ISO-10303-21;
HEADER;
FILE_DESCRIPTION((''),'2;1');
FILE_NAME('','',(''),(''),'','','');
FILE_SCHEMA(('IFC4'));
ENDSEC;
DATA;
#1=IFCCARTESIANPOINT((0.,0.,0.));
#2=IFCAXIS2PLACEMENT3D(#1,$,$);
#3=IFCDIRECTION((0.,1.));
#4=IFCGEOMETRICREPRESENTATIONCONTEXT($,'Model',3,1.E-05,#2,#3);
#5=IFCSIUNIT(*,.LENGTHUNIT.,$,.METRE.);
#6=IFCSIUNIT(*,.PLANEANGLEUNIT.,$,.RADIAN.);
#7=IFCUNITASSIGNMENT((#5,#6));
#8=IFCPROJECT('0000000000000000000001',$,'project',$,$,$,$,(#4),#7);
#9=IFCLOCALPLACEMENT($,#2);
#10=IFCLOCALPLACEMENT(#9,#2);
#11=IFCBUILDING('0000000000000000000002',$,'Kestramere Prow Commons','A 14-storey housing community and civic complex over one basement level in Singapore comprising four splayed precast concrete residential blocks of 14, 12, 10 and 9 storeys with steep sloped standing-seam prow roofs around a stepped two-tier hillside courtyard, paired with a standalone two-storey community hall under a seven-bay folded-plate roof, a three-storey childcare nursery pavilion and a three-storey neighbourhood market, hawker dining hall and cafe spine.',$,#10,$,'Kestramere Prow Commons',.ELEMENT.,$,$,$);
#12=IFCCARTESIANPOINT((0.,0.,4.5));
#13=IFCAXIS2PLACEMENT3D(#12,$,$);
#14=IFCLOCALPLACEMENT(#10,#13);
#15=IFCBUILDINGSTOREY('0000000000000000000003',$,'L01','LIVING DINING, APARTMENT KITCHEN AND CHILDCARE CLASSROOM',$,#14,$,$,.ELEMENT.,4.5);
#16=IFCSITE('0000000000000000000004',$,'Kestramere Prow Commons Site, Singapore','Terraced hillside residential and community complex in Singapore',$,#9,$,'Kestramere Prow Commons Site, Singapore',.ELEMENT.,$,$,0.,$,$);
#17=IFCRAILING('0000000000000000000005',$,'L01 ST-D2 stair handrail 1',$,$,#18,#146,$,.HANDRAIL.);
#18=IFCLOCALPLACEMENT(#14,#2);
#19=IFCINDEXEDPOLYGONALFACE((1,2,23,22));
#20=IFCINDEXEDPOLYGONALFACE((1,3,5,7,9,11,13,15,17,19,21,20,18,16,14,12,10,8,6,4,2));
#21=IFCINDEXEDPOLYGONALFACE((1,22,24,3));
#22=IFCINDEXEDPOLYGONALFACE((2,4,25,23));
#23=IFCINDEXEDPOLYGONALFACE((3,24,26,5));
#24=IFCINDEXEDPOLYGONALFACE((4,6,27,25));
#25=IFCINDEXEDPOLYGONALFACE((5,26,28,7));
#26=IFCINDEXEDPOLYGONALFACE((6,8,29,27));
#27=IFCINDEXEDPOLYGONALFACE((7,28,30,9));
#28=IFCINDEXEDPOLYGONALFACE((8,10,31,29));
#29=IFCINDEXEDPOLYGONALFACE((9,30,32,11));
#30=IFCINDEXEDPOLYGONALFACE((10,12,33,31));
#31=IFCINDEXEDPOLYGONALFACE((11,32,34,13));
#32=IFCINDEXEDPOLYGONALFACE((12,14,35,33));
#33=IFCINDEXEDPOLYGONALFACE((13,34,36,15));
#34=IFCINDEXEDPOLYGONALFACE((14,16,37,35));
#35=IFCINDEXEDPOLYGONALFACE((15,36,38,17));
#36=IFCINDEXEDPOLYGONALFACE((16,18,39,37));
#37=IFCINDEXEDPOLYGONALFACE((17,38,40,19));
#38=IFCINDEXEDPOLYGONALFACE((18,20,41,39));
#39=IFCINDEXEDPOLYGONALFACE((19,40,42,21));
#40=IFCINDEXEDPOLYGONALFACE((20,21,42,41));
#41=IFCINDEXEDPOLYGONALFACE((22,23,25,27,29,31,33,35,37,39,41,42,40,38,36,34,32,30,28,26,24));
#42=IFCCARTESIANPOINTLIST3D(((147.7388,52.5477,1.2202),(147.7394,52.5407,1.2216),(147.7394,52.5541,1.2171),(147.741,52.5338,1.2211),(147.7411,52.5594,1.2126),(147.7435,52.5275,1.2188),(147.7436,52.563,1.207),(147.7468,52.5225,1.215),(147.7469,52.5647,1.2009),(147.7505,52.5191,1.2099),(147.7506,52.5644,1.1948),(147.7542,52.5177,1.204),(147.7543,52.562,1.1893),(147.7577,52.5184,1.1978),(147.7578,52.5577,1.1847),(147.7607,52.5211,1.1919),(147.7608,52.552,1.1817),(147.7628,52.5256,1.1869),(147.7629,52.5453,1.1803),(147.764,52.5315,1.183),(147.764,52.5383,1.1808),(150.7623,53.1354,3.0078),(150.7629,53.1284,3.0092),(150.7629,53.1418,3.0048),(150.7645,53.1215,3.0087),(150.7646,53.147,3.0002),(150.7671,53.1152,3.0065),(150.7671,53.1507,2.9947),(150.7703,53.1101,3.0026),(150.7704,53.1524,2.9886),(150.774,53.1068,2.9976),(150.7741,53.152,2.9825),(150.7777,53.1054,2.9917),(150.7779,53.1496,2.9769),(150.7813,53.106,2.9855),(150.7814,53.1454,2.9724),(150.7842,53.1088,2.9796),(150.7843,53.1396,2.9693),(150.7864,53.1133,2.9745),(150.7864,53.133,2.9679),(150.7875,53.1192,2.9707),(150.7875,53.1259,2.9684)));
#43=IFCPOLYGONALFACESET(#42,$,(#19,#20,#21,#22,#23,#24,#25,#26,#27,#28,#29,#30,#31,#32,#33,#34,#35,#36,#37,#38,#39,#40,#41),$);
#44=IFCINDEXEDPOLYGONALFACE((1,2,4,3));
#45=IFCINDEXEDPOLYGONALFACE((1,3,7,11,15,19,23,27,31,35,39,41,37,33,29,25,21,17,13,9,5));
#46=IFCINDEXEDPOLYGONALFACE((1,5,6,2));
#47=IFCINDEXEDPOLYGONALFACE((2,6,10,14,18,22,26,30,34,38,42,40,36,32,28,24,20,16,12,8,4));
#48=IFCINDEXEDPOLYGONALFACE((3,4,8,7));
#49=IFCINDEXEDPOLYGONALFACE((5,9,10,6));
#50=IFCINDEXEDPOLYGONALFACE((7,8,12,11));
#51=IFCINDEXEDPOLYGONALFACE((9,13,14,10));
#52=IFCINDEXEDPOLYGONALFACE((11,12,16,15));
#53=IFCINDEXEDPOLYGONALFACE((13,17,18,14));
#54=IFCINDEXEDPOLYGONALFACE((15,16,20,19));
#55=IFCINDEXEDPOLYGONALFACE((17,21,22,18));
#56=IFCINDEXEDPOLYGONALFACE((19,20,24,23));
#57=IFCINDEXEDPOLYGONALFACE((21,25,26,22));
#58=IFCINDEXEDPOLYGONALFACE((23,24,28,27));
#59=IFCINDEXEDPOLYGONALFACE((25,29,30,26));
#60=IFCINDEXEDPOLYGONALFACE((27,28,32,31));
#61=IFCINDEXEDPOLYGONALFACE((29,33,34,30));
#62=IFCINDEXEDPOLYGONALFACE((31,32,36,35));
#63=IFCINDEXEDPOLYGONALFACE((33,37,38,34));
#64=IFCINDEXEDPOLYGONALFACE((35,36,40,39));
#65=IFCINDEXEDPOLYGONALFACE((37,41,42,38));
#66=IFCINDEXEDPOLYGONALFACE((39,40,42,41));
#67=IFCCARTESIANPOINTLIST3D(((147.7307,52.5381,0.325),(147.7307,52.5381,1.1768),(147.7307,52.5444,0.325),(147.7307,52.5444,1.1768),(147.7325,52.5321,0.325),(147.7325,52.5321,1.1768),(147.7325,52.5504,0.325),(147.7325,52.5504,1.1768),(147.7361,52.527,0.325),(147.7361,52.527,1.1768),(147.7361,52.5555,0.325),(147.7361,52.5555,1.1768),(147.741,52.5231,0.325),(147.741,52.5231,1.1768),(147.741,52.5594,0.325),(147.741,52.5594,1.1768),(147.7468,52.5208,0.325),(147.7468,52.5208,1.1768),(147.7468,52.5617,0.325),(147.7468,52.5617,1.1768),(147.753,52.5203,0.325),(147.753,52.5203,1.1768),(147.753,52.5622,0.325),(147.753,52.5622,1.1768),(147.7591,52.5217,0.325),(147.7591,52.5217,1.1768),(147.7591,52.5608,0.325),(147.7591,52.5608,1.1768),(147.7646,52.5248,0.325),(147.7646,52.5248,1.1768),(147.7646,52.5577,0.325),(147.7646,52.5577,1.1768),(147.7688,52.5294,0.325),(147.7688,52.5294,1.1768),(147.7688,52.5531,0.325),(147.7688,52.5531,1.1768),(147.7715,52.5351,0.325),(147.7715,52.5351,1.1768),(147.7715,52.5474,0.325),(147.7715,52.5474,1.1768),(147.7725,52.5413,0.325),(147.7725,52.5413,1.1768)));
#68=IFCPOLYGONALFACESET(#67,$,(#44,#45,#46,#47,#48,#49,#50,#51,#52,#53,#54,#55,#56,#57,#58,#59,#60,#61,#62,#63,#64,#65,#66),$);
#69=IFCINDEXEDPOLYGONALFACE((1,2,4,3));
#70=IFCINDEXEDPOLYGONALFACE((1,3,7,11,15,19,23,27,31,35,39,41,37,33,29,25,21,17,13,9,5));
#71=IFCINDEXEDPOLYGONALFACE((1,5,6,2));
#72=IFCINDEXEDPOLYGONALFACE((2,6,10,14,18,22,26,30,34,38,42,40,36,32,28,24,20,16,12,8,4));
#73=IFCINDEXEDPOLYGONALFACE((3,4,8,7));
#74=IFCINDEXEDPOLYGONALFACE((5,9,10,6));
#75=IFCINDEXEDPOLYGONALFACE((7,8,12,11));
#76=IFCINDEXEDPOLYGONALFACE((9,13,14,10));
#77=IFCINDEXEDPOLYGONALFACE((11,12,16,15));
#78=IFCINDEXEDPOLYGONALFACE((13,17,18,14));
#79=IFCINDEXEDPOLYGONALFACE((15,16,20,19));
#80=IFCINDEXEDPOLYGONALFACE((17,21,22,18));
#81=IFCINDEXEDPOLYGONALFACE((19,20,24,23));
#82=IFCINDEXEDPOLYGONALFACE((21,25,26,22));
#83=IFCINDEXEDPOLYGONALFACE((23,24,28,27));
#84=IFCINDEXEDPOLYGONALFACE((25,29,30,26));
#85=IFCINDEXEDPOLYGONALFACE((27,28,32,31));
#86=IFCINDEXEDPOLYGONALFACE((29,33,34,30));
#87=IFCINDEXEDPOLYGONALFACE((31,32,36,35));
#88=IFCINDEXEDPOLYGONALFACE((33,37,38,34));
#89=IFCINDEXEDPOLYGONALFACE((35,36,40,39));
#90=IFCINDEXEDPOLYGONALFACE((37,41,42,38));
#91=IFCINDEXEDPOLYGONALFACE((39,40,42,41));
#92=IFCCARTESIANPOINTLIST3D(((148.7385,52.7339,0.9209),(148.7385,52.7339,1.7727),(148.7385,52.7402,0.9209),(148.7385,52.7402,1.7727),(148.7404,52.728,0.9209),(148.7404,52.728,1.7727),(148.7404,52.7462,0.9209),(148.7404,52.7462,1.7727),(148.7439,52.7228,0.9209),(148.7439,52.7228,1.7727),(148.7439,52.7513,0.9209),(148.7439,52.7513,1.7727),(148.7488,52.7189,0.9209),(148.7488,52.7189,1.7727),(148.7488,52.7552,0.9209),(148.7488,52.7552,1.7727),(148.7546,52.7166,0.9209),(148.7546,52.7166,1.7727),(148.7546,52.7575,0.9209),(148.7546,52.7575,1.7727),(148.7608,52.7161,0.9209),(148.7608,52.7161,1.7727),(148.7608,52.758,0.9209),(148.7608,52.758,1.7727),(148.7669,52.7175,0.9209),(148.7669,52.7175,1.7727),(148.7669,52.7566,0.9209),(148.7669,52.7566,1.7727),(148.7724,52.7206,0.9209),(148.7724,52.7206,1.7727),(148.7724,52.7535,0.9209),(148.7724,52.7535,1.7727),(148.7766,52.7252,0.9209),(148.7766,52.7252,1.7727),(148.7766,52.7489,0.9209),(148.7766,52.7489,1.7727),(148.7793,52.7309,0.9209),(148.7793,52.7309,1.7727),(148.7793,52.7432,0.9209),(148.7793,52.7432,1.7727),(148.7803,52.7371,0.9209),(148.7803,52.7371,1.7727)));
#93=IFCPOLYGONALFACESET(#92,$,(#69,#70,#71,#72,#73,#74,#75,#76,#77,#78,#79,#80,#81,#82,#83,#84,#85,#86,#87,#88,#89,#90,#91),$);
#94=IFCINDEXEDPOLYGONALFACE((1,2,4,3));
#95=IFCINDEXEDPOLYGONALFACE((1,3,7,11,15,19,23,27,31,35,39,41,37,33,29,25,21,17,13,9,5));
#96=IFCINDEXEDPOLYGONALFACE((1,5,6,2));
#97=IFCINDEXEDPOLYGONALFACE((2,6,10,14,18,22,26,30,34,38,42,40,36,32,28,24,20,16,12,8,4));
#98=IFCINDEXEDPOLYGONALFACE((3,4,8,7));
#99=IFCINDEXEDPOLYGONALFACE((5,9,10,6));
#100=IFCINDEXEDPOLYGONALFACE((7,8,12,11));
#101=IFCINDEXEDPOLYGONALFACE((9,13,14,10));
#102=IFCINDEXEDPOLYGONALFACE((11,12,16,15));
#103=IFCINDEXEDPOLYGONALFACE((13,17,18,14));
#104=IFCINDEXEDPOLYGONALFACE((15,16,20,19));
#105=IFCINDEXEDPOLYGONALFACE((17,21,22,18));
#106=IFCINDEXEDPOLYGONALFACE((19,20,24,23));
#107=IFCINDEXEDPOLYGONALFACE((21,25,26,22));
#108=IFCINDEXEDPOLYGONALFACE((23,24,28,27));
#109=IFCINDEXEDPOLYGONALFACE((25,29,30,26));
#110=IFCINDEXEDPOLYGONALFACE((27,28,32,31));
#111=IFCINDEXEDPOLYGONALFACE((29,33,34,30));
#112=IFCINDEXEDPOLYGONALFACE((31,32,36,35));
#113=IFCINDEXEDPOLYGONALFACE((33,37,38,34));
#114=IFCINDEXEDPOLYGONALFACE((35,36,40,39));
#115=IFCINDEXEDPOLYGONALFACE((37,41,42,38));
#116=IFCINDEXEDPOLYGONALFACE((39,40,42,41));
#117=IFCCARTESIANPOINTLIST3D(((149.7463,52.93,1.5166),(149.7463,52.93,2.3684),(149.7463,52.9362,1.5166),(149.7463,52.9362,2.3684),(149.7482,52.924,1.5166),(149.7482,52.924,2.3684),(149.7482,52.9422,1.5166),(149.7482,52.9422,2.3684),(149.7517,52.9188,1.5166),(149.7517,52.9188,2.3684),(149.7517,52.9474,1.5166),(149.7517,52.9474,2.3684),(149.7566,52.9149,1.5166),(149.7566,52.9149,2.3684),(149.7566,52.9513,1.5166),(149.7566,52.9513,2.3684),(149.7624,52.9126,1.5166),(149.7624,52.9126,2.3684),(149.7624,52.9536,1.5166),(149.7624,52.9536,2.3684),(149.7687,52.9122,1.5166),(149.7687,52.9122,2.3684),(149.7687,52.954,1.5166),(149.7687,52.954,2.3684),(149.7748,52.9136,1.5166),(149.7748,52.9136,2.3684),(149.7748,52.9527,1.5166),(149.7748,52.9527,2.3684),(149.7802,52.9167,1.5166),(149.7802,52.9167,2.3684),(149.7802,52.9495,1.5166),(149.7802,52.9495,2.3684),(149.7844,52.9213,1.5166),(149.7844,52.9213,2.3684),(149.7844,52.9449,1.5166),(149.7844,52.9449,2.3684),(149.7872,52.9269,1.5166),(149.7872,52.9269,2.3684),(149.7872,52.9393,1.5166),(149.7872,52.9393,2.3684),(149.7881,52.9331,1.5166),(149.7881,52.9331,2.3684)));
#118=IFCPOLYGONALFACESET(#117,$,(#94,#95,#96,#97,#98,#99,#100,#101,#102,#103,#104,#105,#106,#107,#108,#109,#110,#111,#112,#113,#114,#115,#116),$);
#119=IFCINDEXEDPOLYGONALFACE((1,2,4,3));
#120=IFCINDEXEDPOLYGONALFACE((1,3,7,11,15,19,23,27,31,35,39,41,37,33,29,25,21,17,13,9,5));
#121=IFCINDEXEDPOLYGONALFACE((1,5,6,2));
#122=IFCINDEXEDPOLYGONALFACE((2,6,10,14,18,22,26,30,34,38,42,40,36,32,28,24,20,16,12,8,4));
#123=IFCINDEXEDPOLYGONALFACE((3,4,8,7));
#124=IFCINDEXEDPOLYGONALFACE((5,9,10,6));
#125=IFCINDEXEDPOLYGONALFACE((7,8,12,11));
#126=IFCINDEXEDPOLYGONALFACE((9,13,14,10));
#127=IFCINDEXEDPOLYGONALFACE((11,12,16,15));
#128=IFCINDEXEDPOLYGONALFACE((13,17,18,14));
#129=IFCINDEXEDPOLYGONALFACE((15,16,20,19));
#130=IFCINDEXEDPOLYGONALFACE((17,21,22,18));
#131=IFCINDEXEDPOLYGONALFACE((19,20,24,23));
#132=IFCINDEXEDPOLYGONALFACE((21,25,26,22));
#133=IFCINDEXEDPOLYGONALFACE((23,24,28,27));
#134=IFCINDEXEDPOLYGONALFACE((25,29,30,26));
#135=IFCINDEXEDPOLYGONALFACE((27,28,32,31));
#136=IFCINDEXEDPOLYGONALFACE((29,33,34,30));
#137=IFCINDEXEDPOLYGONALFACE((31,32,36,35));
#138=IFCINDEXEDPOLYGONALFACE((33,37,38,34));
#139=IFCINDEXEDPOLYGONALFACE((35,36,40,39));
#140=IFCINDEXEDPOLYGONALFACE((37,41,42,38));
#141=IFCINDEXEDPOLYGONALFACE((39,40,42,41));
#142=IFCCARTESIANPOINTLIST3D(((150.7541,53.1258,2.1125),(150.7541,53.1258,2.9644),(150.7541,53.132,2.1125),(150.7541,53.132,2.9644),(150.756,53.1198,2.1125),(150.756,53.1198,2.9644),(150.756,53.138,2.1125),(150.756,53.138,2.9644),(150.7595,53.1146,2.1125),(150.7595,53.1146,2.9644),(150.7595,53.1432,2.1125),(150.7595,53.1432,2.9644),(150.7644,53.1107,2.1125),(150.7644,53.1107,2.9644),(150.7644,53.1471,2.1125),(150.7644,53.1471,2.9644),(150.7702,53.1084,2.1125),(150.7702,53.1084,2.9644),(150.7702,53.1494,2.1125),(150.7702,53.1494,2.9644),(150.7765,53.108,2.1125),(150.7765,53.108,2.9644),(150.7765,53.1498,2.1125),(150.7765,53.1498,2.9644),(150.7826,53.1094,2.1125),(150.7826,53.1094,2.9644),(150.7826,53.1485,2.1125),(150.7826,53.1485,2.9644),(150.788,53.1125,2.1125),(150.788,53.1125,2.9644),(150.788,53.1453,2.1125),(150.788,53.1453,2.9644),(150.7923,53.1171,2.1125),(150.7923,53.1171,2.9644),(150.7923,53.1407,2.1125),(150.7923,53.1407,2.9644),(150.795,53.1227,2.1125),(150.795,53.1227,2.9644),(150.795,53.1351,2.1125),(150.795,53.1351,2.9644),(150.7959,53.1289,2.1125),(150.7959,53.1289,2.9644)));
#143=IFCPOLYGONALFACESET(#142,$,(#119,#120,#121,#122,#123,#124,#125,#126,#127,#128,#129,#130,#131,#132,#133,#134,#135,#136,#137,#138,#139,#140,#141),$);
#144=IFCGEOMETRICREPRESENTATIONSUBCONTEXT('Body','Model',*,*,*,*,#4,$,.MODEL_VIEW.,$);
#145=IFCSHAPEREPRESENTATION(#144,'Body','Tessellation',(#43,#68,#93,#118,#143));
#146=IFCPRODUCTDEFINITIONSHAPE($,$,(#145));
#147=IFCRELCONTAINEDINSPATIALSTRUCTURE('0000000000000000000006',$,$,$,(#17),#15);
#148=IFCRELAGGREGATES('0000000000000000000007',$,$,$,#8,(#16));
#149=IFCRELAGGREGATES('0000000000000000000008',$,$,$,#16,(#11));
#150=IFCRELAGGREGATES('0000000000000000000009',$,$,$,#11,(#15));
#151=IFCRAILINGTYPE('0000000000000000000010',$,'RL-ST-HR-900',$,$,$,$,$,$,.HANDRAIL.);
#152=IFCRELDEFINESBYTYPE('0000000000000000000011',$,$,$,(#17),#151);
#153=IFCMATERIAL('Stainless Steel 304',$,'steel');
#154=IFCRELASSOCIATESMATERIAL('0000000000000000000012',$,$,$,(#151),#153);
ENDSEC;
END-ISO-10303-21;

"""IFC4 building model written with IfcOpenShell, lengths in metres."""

from ifc_helpers import new_model, si_unit, direction, frame, origin, origin_2d, place, context, subcontext, project, spatial, circle, extrude, material, type_object, element, save


model = new_model("IFC4")

# Units and contexts
model_context = context("Model", 3, precision=1e-05, world=origin(), true_north=direction((0.0, 1.0)))
body_context = subcontext(model_context, "Body", "Model", "MODEL_VIEW")
ifc_project = project(units=[si_unit("LENGTHUNIT", "METRE"), si_unit("PLANEANGLEUNIT", "RADIAN")], contexts=[model_context])

# Site, building, storey
site_placement = place(None, origin())
site = spatial("IfcSite", under=ifc_project, at=site_placement, Name="Kestramere Prow Commons Site, Singapore", Description="Terraced hillside residential and community complex in Singapore", LongName="Kestramere Prow Commons Site, Singapore", CompositionType="ELEMENT", RefElevation=0.0)
building_placement = place(site_placement, origin())
building = spatial("IfcBuilding", under=site, at=building_placement, Name="Kestramere Prow Commons", Description="A 14-storey housing community and civic complex over one basement level in Singapore comprising four splayed precast concrete residential blocks of 14, 12, 10 and 9 storeys with steep sloped standing-seam prow roofs around a stepped two-tier hillside courtyard, paired with a standalone two-storey community hall under a seven-bay folded-plate roof, a three-storey childcare nursery pavilion and a three-storey neighbourhood market, hawker dining hall and cafe spine.", LongName="Kestramere Prow Commons", CompositionType="ELEMENT")
storey_placement = place(building_placement, frame((0.0, 0.0, 4.5)))
storey = spatial("IfcBuildingStorey", under=building, at=storey_placement, Name="L01", Description="LIVING DINING, APARTMENT KITCHEN AND CHILDCARE CLASSROOM", CompositionType="ELEMENT", Elevation=4.5)

# Railing
ifc_material_1 = material(Name="Stainless Steel 304", Category="steel")
railing_type_1 = type_object("IfcRailingType", Name="RL-ST-HR-900", PredefinedType="HANDRAIL", material=ifc_material_1)
railing_1_placement = place(storey_placement, frame((147.7515, 52.5413, 0.325)))
element("IfcRailing", 1, at=railing_1_placement, inside=storey, type_object=railing_type_1, Name="L01 ST-D2 stair handrail 1", PredefinedType="HANDRAIL", context=body_context, shape_type="SweptSolid", body=[
    extrude(circle(Radius=0.0239, at=origin_2d()), frame((0.0, 0.0, 0.876), z_axis=(0.848999, 0.165015, 0.501968), x_axis=(-0.190793, 0.98163, 0.0)), (0.0, 0.0, 1.0), 3.5613),
    extrude(circle(Radius=0.021, at=origin_2d()), origin(), (0.0, 0.0, 1.0), 0.8518),
    extrude(circle(Radius=0.021, at=origin_2d()), frame((1.0078, 0.1958, 0.5959)), (0.0, 0.0, 1.0), 0.8518),
    extrude(circle(Radius=0.021, at=origin_2d()), frame((2.0156, 0.3918, 1.1917)), (0.0, 0.0, 1.0), 0.8518),
    extrude(circle(Radius=0.021, at=origin_2d()), frame((3.0234, 0.5876, 1.7876)), (0.0, 0.0, 1.0), 0.8518),
])

save(model, "model.ifc")
